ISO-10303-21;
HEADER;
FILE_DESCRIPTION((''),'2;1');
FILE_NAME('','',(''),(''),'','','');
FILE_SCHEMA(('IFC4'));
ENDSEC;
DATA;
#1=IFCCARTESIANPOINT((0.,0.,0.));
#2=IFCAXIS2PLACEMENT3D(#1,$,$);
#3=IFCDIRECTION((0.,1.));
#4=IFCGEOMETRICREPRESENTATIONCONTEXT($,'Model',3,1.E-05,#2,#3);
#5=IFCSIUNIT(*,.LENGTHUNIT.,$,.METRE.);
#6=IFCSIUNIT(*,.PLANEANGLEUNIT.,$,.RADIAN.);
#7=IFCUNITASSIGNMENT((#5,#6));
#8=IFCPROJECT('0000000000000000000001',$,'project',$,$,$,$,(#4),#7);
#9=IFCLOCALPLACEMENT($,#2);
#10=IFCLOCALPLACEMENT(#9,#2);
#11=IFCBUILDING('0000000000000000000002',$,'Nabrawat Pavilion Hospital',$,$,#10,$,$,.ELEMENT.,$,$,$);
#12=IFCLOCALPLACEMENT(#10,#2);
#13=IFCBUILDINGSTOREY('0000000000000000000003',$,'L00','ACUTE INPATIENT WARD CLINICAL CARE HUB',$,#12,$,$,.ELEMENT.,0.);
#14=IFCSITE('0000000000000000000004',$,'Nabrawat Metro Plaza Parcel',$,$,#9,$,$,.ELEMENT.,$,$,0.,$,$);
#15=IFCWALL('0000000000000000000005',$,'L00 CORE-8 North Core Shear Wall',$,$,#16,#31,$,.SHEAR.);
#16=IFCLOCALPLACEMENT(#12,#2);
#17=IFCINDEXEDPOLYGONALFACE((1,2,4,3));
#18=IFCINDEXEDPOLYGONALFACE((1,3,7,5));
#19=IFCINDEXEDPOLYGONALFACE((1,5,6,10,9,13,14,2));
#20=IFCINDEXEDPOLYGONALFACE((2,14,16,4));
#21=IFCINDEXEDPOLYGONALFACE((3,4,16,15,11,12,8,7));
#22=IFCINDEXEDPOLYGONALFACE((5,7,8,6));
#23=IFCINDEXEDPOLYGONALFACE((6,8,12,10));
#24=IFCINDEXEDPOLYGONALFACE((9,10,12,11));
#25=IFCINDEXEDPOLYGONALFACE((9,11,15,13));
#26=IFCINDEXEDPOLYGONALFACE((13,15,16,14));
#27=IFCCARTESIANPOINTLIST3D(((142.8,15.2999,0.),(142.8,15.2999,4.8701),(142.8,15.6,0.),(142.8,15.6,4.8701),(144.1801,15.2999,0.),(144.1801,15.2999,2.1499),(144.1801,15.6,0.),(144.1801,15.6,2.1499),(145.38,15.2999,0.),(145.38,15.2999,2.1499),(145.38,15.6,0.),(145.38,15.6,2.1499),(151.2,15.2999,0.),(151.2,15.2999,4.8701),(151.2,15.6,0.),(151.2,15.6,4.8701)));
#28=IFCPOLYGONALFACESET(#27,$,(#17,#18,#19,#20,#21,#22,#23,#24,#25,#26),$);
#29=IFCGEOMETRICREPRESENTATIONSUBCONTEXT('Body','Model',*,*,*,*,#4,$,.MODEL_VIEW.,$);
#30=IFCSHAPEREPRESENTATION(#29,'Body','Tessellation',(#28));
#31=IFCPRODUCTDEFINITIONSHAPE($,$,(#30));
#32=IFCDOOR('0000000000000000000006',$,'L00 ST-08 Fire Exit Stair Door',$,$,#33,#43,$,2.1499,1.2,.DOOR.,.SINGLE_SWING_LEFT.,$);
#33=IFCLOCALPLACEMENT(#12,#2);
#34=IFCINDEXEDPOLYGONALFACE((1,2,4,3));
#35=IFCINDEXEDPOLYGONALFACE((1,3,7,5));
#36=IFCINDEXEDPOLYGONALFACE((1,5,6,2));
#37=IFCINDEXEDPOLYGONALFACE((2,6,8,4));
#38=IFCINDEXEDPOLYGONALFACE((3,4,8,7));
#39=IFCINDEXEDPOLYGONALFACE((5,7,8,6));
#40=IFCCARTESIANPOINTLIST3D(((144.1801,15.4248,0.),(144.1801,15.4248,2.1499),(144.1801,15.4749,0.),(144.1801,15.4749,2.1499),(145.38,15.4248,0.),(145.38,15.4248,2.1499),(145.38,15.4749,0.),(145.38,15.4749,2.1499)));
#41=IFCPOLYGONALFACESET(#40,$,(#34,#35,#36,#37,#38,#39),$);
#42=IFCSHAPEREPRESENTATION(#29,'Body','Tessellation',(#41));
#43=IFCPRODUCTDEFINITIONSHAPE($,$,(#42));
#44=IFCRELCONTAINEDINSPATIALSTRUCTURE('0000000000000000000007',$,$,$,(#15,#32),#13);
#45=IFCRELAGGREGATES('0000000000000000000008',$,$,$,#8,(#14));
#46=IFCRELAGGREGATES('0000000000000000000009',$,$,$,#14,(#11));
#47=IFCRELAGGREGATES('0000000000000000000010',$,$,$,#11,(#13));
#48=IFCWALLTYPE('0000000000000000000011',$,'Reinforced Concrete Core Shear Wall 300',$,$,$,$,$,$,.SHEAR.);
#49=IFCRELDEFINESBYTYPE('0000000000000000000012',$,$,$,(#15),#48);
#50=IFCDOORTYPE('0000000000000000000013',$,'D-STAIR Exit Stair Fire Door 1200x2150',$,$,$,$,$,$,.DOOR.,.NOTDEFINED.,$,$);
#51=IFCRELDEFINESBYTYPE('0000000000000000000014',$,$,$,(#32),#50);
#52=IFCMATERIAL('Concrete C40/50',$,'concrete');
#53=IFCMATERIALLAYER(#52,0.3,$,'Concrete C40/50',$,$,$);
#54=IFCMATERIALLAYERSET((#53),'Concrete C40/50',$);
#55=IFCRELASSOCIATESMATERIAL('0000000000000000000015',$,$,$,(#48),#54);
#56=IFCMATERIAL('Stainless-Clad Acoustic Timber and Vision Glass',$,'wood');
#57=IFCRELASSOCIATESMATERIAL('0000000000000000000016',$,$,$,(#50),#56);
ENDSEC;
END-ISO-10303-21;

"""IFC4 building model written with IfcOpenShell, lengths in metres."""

from ifc_helpers import new_model, si_unit, direction, frame, frame_2d, origin, place, context, subcontext, project, spatial, rectangle, extrude, material, layer, layer_set, type_object, element, fill, save


model = new_model("IFC4")

# Units and contexts
model_context = context("Model", 3, precision=1e-05, world=origin(), true_north=direction((0.0, 1.0)))
body_context = subcontext(model_context, "Body", "Model", "MODEL_VIEW")
ifc_project = project(units=[si_unit("LENGTHUNIT", "METRE"), si_unit("PLANEANGLEUNIT", "RADIAN")], contexts=[model_context])

# Site, building, storey
site_placement = place(None, origin())
site = spatial("IfcSite", under=ifc_project, at=site_placement, Name="Nabrawat Metro Plaza Parcel", CompositionType="ELEMENT", RefElevation=0.0)
building_placement = place(site_placement, origin())
building = spatial("IfcBuilding", under=site, at=building_placement, Name="Nabrawat Pavilion Hospital", CompositionType="ELEMENT")
storey_placement = place(building_placement, origin())
storey = spatial("IfcBuildingStorey", under=building, at=storey_placement, Name="L00", Description="ACUTE INPATIENT WARD CLINICAL CARE HUB", CompositionType="ELEMENT", Elevation=0.0)

# Shared definitions
ifc_material_1 = material(Name="Concrete C40/50", Category="concrete")

# Shared definitions
ifc_layer_1 = layer(ifc_material_1, 0.3, Name="Concrete C40/50")
ifc_layer_set_1 = layer_set([ifc_layer_1], Name="Concrete C40/50")
wall_type_1 = type_object("IfcWallType", Name="Reinforced Concrete Core Shear Wall 300", PredefinedType="SHEAR", material=ifc_layer_set_1)

# Wall, opening, door
wall_1_placement = place(storey_placement, frame((142.8, 15.45, 0.0), z_axis=(0.0, 0.0, 1.0), x_axis=(1.0, 0.0, 0.0)))
wall_1 = element("IfcWall", 1, at=wall_1_placement, inside=storey, type_object=wall_type_1, Name="L00 CORE-8 North Core Shear Wall", PredefinedType="SHEAR", context=body_context, shape_type="SweptSolid", body=[
    extrude(rectangle(XDim=8.3999, YDim=0.3, at=frame_2d((4.2, 0.0))), origin(), (0.0, 0.0, 1.0), 4.8701),
])
opening_1_placement = place(wall_1_placement, frame((1.3799, 0.0, 0.0)))
opening_1 = element("IfcOpeningElement", 2, at=opening_1_placement, cuts=wall_1, PredefinedType="OPENING", context=body_context, shape_type="SweptSolid", body=[
    extrude(rectangle(XDim=1.2, YDim=2.1499, at=frame_2d((0.6001, 1.075))), frame((0.0, 0.1602, 0.0), z_axis=(0.0, -1.0, 0.0), x_axis=(1.0, 0.0, 0.0)), (0.0, 0.0, 1.0), 0.3201),
])
ifc_material_2 = material(Name="Stainless-Clad Acoustic Timber and Vision Glass", Category="wood")
door_type_1 = type_object("IfcDoorType", Name="D-STAIR Exit Stair Fire Door 1200x2150", OperationType="NOTDEFINED", PredefinedType="DOOR", material=ifc_material_2)
door_1_placement = place(opening_1_placement, origin())
door_1 = element("IfcDoor", 3, at=door_1_placement, inside=storey, type_object=door_type_1, Name="L00 ST-08 Fire Exit Stair Door", OperationType="SINGLE_SWING_LEFT", OverallHeight=2.1499, OverallWidth=1.2, PredefinedType="DOOR", context=body_context, shape_type="SweptSolid", body=[
    extrude(rectangle(XDim=1.2, YDim=2.1499, at=frame_2d((0.6001, 1.075))), frame((0.0, 0.0249, 0.0), z_axis=(0.0, -1.0, 0.0), x_axis=(1.0, 0.0, 0.0)), (0.0, 0.0, 1.0), 0.05),
])
fill(opening_1, door_1)

save(model, "model.ifc")
